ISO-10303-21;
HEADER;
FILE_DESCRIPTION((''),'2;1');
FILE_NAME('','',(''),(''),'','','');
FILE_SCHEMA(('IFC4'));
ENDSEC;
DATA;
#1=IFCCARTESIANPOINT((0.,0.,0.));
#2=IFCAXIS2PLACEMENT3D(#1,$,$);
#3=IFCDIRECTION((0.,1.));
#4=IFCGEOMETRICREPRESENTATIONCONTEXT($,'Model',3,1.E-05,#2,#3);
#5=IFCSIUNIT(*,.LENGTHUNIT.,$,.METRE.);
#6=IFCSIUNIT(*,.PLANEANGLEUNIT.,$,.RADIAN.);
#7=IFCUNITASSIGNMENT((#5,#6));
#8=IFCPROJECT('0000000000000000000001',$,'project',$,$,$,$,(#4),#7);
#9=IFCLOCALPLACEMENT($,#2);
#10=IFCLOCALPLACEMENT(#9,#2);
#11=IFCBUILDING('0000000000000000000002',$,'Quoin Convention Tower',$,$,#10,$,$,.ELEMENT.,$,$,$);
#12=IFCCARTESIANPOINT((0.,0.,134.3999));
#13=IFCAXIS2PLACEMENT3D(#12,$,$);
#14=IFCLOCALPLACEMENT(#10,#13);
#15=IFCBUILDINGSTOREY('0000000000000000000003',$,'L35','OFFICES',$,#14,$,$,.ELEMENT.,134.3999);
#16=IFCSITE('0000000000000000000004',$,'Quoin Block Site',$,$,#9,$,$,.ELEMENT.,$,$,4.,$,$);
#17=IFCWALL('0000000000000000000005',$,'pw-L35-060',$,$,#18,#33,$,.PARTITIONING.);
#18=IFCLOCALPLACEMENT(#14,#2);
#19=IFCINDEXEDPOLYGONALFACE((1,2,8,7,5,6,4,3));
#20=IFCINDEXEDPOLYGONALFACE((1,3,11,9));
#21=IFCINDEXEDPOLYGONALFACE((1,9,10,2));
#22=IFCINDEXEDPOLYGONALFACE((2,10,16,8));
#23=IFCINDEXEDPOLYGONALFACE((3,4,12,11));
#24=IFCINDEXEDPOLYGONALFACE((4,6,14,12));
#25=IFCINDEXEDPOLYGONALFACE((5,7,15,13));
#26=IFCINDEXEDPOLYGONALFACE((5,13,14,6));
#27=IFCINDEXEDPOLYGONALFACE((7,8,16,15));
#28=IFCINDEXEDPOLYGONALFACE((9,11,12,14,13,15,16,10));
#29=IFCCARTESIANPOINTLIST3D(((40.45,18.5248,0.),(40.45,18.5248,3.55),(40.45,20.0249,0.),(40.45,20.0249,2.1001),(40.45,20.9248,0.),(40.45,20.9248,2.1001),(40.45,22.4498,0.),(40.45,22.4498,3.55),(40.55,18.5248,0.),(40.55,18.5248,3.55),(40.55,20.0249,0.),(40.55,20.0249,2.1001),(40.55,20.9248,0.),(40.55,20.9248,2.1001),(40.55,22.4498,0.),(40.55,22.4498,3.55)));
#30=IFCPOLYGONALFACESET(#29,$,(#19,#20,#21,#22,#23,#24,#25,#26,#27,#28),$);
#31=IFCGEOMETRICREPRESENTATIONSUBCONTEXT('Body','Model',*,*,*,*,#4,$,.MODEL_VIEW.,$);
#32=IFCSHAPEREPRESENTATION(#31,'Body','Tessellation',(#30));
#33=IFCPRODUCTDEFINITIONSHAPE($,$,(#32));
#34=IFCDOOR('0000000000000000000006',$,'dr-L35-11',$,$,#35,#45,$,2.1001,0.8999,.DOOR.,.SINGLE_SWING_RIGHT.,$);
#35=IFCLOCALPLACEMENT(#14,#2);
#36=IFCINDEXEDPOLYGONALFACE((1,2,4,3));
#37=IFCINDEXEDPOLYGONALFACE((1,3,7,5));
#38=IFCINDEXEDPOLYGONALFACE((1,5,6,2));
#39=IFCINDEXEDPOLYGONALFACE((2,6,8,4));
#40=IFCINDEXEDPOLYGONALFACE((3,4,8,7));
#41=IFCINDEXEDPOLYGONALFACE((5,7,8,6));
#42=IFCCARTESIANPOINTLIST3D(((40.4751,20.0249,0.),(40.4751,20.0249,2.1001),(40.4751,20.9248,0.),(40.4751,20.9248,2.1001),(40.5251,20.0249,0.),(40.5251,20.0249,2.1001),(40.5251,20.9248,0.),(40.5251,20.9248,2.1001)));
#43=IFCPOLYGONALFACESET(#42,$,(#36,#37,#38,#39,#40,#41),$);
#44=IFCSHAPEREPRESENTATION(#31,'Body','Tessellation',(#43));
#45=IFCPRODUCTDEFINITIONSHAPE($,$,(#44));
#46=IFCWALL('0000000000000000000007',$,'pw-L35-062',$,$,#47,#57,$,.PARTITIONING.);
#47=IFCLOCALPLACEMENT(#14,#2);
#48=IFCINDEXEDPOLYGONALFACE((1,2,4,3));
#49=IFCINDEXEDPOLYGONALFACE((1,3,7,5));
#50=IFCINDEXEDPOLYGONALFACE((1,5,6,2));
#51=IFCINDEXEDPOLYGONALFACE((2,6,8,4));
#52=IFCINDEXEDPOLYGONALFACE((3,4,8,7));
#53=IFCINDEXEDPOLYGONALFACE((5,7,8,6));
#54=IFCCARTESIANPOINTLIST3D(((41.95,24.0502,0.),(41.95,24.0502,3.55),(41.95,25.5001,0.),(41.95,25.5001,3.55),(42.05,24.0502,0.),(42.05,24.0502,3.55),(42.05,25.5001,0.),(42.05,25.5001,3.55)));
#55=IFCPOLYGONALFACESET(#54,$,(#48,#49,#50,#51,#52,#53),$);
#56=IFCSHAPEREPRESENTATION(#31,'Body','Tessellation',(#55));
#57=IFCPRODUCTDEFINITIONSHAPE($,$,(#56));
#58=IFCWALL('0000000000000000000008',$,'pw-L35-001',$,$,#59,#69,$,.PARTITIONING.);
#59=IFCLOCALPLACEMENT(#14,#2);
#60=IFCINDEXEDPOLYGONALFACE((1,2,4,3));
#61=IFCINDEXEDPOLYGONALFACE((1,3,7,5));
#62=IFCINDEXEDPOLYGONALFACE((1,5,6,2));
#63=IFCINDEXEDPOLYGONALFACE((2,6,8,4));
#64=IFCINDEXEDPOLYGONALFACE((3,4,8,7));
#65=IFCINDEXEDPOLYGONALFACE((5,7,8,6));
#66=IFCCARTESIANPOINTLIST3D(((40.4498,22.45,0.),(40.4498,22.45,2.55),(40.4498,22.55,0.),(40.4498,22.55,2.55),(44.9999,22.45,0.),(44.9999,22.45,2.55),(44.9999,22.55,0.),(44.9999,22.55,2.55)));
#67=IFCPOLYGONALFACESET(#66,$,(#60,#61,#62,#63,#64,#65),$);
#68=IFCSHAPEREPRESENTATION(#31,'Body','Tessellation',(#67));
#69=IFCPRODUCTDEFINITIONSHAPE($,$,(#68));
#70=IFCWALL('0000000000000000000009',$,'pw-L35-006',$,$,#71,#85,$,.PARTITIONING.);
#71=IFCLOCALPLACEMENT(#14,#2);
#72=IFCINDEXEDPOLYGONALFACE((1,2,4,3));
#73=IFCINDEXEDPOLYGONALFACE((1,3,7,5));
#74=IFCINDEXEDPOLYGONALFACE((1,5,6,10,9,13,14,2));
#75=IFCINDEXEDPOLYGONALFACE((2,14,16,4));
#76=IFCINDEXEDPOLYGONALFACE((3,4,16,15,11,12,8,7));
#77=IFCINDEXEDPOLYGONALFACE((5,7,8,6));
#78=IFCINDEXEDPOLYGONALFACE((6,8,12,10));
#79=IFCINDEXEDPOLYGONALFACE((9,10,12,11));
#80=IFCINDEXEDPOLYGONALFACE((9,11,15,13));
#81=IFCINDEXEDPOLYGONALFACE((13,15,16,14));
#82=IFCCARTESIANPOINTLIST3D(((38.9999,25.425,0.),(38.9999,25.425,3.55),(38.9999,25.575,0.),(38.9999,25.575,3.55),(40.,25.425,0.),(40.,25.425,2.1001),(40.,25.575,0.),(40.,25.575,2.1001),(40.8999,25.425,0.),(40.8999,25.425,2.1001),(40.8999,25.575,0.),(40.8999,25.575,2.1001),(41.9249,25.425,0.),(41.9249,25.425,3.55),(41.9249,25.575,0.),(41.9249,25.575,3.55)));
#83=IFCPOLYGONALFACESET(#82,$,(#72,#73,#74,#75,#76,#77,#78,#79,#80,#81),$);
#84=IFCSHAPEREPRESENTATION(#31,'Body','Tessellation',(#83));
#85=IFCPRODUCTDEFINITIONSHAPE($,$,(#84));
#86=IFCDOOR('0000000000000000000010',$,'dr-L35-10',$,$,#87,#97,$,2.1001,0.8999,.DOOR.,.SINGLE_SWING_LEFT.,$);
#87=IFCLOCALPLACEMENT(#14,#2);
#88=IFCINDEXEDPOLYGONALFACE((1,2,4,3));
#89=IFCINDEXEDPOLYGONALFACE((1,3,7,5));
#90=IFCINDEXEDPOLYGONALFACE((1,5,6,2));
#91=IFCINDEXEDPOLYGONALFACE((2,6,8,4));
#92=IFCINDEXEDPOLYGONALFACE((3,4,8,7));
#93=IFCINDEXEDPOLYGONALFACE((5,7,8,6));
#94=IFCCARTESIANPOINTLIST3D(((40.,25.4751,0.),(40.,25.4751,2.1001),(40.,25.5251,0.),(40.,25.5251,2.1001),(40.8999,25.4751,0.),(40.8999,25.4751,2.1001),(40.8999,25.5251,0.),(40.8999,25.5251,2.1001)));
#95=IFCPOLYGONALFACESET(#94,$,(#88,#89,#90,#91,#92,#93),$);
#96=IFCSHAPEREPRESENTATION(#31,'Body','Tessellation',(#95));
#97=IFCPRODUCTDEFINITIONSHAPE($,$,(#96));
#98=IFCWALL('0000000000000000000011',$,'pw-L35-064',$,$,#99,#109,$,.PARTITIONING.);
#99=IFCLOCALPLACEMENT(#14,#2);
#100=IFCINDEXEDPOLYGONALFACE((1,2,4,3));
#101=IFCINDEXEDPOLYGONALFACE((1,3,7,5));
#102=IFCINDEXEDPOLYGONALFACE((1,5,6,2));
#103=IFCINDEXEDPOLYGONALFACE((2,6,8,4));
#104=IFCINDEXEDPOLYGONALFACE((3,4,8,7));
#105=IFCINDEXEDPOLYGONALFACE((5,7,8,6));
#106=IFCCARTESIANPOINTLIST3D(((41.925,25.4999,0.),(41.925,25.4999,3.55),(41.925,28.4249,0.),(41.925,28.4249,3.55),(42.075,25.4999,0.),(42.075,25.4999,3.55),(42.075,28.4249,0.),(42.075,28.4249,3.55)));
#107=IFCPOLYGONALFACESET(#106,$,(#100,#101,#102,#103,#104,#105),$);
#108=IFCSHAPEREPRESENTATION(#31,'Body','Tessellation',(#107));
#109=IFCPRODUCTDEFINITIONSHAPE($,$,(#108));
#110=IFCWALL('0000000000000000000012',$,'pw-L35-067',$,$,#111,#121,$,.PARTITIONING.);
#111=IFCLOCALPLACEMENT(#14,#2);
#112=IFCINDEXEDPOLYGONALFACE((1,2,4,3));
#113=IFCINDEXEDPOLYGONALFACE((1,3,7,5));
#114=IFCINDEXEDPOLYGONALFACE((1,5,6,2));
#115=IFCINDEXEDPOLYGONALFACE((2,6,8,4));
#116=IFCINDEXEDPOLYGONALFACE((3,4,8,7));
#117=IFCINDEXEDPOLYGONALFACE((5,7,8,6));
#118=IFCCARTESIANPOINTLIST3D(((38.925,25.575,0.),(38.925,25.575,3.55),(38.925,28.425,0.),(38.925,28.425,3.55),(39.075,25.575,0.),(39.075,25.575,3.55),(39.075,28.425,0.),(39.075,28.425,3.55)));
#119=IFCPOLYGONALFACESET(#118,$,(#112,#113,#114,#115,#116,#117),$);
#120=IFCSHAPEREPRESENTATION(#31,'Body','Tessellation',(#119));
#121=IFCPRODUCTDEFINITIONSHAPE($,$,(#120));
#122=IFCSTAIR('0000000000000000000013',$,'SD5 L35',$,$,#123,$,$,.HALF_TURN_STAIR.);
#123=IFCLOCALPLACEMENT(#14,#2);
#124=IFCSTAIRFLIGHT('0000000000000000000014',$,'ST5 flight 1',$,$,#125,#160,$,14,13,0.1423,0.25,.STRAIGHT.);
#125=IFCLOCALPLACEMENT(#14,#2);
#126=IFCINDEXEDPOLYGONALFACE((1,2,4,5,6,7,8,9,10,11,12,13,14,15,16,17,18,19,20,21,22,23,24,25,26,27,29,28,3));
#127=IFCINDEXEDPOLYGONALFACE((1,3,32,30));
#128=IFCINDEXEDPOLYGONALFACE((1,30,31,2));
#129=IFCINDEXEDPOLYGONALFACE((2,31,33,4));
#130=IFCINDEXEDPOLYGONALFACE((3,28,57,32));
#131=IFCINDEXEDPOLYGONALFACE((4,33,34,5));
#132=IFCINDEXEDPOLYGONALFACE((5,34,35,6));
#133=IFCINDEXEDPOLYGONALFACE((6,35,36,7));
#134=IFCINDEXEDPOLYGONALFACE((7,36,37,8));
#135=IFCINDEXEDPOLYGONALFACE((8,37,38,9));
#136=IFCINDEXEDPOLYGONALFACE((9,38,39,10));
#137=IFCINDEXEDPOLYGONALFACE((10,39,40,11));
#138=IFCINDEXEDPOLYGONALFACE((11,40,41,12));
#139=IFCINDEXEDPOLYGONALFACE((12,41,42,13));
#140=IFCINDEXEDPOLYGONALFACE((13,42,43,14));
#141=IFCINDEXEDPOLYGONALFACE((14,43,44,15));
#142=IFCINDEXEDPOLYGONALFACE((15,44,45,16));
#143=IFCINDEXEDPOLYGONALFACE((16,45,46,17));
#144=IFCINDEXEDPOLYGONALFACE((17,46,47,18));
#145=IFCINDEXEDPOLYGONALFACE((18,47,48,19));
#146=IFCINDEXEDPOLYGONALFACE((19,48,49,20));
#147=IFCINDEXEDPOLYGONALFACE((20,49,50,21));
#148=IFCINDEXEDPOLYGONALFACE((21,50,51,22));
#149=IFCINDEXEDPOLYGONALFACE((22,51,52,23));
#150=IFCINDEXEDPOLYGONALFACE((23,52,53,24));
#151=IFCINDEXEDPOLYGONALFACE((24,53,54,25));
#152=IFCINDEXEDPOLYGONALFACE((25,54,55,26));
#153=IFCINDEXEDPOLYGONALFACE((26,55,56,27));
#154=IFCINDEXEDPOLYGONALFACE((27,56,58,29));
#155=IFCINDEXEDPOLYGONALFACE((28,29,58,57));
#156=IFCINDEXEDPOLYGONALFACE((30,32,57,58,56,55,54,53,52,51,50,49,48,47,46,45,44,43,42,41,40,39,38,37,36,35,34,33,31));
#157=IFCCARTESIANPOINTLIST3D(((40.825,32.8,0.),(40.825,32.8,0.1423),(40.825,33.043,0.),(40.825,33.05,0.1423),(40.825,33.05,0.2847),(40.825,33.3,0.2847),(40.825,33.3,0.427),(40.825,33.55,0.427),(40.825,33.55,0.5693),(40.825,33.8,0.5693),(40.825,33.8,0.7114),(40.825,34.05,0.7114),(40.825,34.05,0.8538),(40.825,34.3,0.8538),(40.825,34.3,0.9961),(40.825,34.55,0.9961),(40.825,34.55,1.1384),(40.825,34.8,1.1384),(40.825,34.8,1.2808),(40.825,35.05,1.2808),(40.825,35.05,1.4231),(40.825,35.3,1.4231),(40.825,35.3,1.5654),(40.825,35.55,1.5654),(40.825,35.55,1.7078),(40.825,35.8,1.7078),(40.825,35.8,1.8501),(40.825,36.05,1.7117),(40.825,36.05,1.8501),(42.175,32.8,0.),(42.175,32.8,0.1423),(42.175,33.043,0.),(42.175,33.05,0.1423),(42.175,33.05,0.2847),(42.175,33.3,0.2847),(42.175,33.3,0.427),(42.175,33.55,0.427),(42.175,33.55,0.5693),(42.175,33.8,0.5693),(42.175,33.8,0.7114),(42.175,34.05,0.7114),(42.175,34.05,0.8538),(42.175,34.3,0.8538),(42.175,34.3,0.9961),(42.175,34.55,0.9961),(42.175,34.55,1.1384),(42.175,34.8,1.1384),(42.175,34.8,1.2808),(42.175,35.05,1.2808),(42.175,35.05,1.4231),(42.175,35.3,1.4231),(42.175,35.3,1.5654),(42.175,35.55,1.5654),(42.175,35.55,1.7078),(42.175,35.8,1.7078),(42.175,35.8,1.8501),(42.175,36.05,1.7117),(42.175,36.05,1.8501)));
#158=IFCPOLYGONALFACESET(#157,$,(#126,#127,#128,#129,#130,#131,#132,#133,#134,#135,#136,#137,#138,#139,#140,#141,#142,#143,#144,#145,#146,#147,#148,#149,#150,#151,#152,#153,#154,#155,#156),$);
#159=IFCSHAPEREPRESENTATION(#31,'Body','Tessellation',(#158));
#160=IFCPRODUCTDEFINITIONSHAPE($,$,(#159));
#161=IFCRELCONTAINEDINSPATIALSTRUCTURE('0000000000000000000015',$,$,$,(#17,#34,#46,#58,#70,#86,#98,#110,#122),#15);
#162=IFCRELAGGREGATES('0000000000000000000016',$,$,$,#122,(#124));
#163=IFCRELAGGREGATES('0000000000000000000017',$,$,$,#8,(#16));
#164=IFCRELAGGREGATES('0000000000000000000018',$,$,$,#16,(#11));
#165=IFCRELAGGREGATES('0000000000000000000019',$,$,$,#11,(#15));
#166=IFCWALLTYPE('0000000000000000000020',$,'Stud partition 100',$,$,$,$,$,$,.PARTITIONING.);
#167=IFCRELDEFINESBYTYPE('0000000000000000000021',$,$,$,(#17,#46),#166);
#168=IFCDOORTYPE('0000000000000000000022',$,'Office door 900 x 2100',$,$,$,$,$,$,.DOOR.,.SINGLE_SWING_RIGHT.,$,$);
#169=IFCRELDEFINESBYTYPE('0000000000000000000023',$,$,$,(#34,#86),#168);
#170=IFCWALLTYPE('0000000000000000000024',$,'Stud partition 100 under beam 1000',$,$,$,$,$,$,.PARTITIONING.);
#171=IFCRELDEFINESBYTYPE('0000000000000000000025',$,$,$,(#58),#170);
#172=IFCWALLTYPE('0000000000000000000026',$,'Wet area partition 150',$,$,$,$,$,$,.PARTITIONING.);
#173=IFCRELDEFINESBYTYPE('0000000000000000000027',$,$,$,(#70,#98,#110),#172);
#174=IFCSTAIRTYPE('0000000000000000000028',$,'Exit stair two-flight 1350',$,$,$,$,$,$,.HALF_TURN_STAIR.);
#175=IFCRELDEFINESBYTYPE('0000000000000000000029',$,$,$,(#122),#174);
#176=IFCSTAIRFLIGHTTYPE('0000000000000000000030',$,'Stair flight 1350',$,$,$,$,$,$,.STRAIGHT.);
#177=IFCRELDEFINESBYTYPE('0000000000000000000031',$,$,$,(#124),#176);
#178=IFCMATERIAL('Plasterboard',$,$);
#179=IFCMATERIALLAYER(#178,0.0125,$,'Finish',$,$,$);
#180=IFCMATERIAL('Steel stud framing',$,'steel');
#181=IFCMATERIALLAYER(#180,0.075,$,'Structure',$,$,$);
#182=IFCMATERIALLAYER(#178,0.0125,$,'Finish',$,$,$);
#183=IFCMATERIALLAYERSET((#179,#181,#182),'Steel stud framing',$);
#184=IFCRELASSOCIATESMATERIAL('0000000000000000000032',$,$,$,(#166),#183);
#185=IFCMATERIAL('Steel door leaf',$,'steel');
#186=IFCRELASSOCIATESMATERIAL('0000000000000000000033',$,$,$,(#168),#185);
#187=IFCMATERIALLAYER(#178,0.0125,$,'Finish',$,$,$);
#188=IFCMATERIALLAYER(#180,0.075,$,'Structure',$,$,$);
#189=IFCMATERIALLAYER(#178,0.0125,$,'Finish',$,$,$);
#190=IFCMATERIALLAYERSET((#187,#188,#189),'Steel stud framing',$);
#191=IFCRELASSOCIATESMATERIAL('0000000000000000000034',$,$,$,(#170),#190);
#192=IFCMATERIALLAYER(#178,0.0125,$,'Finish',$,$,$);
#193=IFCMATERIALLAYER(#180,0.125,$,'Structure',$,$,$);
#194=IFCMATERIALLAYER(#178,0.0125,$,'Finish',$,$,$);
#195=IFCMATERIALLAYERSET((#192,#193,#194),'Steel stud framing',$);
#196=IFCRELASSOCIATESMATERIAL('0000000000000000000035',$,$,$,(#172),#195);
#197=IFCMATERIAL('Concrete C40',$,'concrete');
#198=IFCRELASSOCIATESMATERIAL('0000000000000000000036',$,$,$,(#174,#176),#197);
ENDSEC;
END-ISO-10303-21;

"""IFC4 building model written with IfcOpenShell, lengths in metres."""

from ifc_helpers import new_model, si_unit, direction, frame, frame_2d, origin, place, context, subcontext, project, spatial, polyline, rectangle, outline, extrude, material, layer, layer_set, type_object, element, fill, aggregate, save


model = new_model("IFC4")

# Units and contexts
model_context = context("Model", 3, precision=1e-05, world=origin(), true_north=direction((0.0, 1.0)))
body_context = subcontext(model_context, "Body", "Model", "MODEL_VIEW")
ifc_project = project(units=[si_unit("LENGTHUNIT", "METRE"), si_unit("PLANEANGLEUNIT", "RADIAN")], contexts=[model_context])

# Site, building, storey
site_placement = place(None, origin())
site = spatial("IfcSite", under=ifc_project, at=site_placement, Name="Quoin Block Site", CompositionType="ELEMENT", RefElevation=4.0)
building_placement = place(site_placement, origin())
building = spatial("IfcBuilding", under=site, at=building_placement, Name="Quoin Convention Tower", CompositionType="ELEMENT")
storey_placement = place(building_placement, frame((0.0, 0.0, 134.3999)))
storey = spatial("IfcBuildingStorey", under=building, at=storey_placement, Name="L35", Description="OFFICES", CompositionType="ELEMENT", Elevation=134.3999)

# Shared definitions
ifc_material_1 = material(Name="Plasterboard")
ifc_material_2 = material(Name="Steel stud framing", Category="steel")

# Shared definitions
ifc_material_3 = material(Name="Steel door leaf", Category="steel")
ifc_layer_1 = layer(ifc_material_1, 0.0125, Name="Finish")
ifc_layer_2 = layer(ifc_material_2, 0.075, Name="Structure")
ifc_layer_3 = layer(ifc_material_1, 0.0125, Name="Finish")
ifc_layer_set_1 = layer_set([ifc_layer_1, ifc_layer_2, ifc_layer_3], Name="Steel stud framing")
wall_type_1 = type_object("IfcWallType", Name="Stud partition 100", PredefinedType="PARTITIONING", material=ifc_layer_set_1)
door_type_1 = type_object("IfcDoorType", Name="Office door 900 x 2100", OperationType="SINGLE_SWING_RIGHT", PredefinedType="DOOR", material=ifc_material_3)

# Wall, opening, door
wall_1_placement = place(storey_placement, frame((40.5, 18.5249, 0.0), z_axis=(0.0, 0.0, 1.0), x_axis=(0.0, 1.0, 0.0)))
wall_1 = element("IfcWall", 1, at=wall_1_placement, inside=storey, type_object=wall_type_1, Name="pw-L35-060", PredefinedType="PARTITIONING", context=body_context, shape_type="SweptSolid", body=[
    extrude(rectangle(XDim=3.925, YDim=0.1001, at=frame_2d((1.9624, 0.0))), origin(), (0.0, 0.0, 1.0), 3.55),
])
opening_1_placement = place(wall_1_placement, frame((1.5, 0.0, 0.0)))
opening_1 = element("IfcOpeningElement", 2, at=opening_1_placement, cuts=wall_1, PredefinedType="OPENING", context=body_context, shape_type="SweptSolid", body=[
    extrude(rectangle(XDim=0.8999, YDim=2.1001, at=frame_2d((0.45, 1.05))), frame((0.0, 0.0601, 0.0), z_axis=(0.0, -1.0, 0.0), x_axis=(1.0, 0.0, 0.0)), (0.0, 0.0, 1.0), 0.1201),
])
door_1_placement = place(opening_1_placement, origin())
door_1 = element("IfcDoor", 3, at=door_1_placement, inside=storey, type_object=door_type_1, Name="dr-L35-11", OperationType="SINGLE_SWING_RIGHT", OverallHeight=2.1001, OverallWidth=0.8999, PredefinedType="DOOR", context=body_context, shape_type="SweptSolid", body=[
    extrude(rectangle(XDim=0.8999, YDim=2.1001, at=frame_2d((0.45, 1.05))), frame((0.0, 0.0249, 0.0), z_axis=(0.0, -1.0, 0.0), x_axis=(1.0, 0.0, 0.0)), (0.0, 0.0, 1.0), 0.05),
])
fill(opening_1, door_1)

# Walls
wall_2_placement = place(storey_placement, frame((42.0, 24.05, 0.0), z_axis=(0.0, 0.0, 1.0), x_axis=(0.0, 1.0, 0.0)))
element("IfcWall", 4, at=wall_2_placement, inside=storey, type_object=wall_type_1, Name="pw-L35-062", PredefinedType="PARTITIONING", context=body_context, shape_type="SweptSolid", body=[
    extrude(rectangle(XDim=1.45, YDim=0.1001, at=frame_2d((0.7251, 0.0))), origin(), (0.0, 0.0, 1.0), 3.55),
])
ifc_layer_4 = layer(ifc_material_1, 0.0125, Name="Finish")
ifc_layer_5 = layer(ifc_material_2, 0.075, Name="Structure")
ifc_layer_6 = layer(ifc_material_1, 0.0125, Name="Finish")
ifc_layer_set_2 = layer_set([ifc_layer_4, ifc_layer_5, ifc_layer_6], Name="Steel stud framing")
wall_type_2 = type_object("IfcWallType", Name="Stud partition 100 under beam 1000", PredefinedType="PARTITIONING", material=ifc_layer_set_2)
wall_3_placement = place(storey_placement, frame((40.45, 22.5, 0.0), z_axis=(0.0, 0.0, 1.0), x_axis=(1.0, 0.0, 0.0)))
element("IfcWall", 5, at=wall_3_placement, inside=storey, type_object=wall_type_2, Name="pw-L35-001", PredefinedType="PARTITIONING", context=body_context, shape_type="SweptSolid", body=[
    extrude(rectangle(XDim=4.55, YDim=0.1001, at=frame_2d((2.2749, 0.0))), origin(), (0.0, 0.0, 1.0), 2.55),
])

# Wall, opening, door
ifc_layer_7 = layer(ifc_material_1, 0.0125, Name="Finish")
ifc_layer_8 = layer(ifc_material_2, 0.125, Name="Structure")
ifc_layer_9 = layer(ifc_material_1, 0.0125, Name="Finish")
ifc_layer_set_3 = layer_set([ifc_layer_7, ifc_layer_8, ifc_layer_9], Name="Steel stud framing")
wall_type_3 = type_object("IfcWallType", Name="Wet area partition 150", PredefinedType="PARTITIONING", material=ifc_layer_set_3)
wall_4_placement = place(storey_placement, frame((39.0, 25.5, 0.0), z_axis=(0.0, 0.0, 1.0), x_axis=(1.0, 0.0, 0.0)))
wall_4 = element("IfcWall", 6, at=wall_4_placement, inside=storey, type_object=wall_type_3, Name="pw-L35-006", PredefinedType="PARTITIONING", context=body_context, shape_type="SweptSolid", body=[
    extrude(rectangle(XDim=2.925, YDim=0.1499, at=frame_2d((1.4624, 0.0))), origin(), (0.0, 0.0, 1.0), 3.55),
])
opening_2_placement = place(wall_4_placement, frame((1.0, 0.0, 0.0)))
opening_2 = element("IfcOpeningElement", 7, at=opening_2_placement, cuts=wall_4, PredefinedType="OPENING", context=body_context, shape_type="SweptSolid", body=[
    extrude(rectangle(XDim=0.8999, YDim=2.1001, at=frame_2d((0.45, 1.05))), frame((0.0, 0.085, 0.0), z_axis=(0.0, -1.0, 0.0), x_axis=(1.0, 0.0, 0.0)), (0.0, 0.0, 1.0), 0.1699),
])
door_2_placement = place(opening_2_placement, frame((0.8999, 0.0, 0.0), z_axis=(0.0, 0.0, 1.0), x_axis=(-1.0, 0.0, 0.0)))
door_2 = element("IfcDoor", 8, at=door_2_placement, inside=storey, type_object=door_type_1, Name="dr-L35-10", OperationType="SINGLE_SWING_LEFT", OverallHeight=2.1001, OverallWidth=0.8999, PredefinedType="DOOR", context=body_context, shape_type="SweptSolid", body=[
    extrude(rectangle(XDim=0.8999, YDim=2.1001, at=frame_2d((0.45, 1.05))), frame((0.0, 0.0249, 0.0), z_axis=(0.0, -1.0, 0.0), x_axis=(1.0, 0.0, 0.0)), (0.0, 0.0, 1.0), 0.05),
])
fill(opening_2, door_2)

# Walls
wall_5_placement = place(storey_placement, frame((42.0, 25.5, 0.0), z_axis=(0.0, 0.0, 1.0), x_axis=(0.0, 1.0, 0.0)))
element("IfcWall", 9, at=wall_5_placement, inside=storey, type_object=wall_type_3, Name="pw-L35-064", PredefinedType="PARTITIONING", context=body_context, shape_type="SweptSolid", body=[
    extrude(rectangle(XDim=2.925, YDim=0.1499, at=frame_2d((1.4624, 0.0))), origin(), (0.0, 0.0, 1.0), 3.55),
])
wall_6_placement = place(storey_placement, frame((39.0, 25.575, 0.0), z_axis=(0.0, 0.0, 1.0), x_axis=(0.0, 1.0, 0.0)))
element("IfcWall", 10, at=wall_6_placement, inside=storey, type_object=wall_type_3, Name="pw-L35-067", PredefinedType="PARTITIONING", context=body_context, shape_type="SweptSolid", body=[
    extrude(rectangle(XDim=2.8501, YDim=0.1499, at=frame_2d((1.425, 0.0))), origin(), (0.0, 0.0, 1.0), 3.55),
])

# Stair, stair flight
ifc_material_4 = material(Name="Concrete C40", Category="concrete")
stair_type = type_object("IfcStairType", Name="Exit stair two-flight 1350", PredefinedType="HALF_TURN_STAIR", material=ifc_material_4)
stair_placement = place(storey_placement, origin())
stair = element("IfcStair", 11, at=stair_placement, inside=storey, type_object=stair_type, Name="SD5 L35", PredefinedType="HALF_TURN_STAIR")
stair_flight_type = type_object("IfcStairFlightType", Name="Stair flight 1350", PredefinedType="STRAIGHT", material=ifc_material_4)
stair_flight_1_placement = place(storey_placement, frame((41.5, 32.8, 0.0), z_axis=(0.0, 0.0, 1.0), x_axis=(0.0, 1.0, 0.0)))
stair_flight_1 = element("IfcStairFlight", 12, at=stair_flight_1_placement, type_object=stair_flight_type, Name="ST5 flight 1", NumberOfRisers=14, NumberOfTreads=13, PredefinedType="STRAIGHT", RiserHeight=0.1423, TreadLength=0.25, context=body_context, shape_type="SweptSolid", body=[
    extrude(outline(polyline([(0.0, 0.0), (0.0, 0.1423), (0.25, 0.1423), (0.25, 0.2847), (0.5, 0.2847), (0.5, 0.427), (0.75, 0.427), (0.75, 0.5693), (1.0, 0.5693), (1.0, 0.7114), (1.25, 0.7114), (1.25, 0.8538), (1.5, 0.8538), (1.5, 0.9961), (1.75, 0.9961), (1.75, 1.1384), (2.0, 1.1384), (2.0, 1.2808), (2.25, 1.2808), (2.25, 1.4231), (2.5, 1.4231), (2.5, 1.5654), (2.75, 1.5654), (2.75, 1.7078), (3.0, 1.7078), (3.0, 1.8501), (3.25, 1.8501), (3.25, 1.9922), (3.25, 1.7117), (0.2429, 0.0), (0.0, 0.0)])), frame((0.0, 0.675, 0.0), z_axis=(0.0, -1.0, 0.0), x_axis=(1.0, 0.0, 0.0)), (0.0, 0.0, 1.0), 1.3501),
])
aggregate(stair, [stair_flight_1])

save(model, "model.ifc")
